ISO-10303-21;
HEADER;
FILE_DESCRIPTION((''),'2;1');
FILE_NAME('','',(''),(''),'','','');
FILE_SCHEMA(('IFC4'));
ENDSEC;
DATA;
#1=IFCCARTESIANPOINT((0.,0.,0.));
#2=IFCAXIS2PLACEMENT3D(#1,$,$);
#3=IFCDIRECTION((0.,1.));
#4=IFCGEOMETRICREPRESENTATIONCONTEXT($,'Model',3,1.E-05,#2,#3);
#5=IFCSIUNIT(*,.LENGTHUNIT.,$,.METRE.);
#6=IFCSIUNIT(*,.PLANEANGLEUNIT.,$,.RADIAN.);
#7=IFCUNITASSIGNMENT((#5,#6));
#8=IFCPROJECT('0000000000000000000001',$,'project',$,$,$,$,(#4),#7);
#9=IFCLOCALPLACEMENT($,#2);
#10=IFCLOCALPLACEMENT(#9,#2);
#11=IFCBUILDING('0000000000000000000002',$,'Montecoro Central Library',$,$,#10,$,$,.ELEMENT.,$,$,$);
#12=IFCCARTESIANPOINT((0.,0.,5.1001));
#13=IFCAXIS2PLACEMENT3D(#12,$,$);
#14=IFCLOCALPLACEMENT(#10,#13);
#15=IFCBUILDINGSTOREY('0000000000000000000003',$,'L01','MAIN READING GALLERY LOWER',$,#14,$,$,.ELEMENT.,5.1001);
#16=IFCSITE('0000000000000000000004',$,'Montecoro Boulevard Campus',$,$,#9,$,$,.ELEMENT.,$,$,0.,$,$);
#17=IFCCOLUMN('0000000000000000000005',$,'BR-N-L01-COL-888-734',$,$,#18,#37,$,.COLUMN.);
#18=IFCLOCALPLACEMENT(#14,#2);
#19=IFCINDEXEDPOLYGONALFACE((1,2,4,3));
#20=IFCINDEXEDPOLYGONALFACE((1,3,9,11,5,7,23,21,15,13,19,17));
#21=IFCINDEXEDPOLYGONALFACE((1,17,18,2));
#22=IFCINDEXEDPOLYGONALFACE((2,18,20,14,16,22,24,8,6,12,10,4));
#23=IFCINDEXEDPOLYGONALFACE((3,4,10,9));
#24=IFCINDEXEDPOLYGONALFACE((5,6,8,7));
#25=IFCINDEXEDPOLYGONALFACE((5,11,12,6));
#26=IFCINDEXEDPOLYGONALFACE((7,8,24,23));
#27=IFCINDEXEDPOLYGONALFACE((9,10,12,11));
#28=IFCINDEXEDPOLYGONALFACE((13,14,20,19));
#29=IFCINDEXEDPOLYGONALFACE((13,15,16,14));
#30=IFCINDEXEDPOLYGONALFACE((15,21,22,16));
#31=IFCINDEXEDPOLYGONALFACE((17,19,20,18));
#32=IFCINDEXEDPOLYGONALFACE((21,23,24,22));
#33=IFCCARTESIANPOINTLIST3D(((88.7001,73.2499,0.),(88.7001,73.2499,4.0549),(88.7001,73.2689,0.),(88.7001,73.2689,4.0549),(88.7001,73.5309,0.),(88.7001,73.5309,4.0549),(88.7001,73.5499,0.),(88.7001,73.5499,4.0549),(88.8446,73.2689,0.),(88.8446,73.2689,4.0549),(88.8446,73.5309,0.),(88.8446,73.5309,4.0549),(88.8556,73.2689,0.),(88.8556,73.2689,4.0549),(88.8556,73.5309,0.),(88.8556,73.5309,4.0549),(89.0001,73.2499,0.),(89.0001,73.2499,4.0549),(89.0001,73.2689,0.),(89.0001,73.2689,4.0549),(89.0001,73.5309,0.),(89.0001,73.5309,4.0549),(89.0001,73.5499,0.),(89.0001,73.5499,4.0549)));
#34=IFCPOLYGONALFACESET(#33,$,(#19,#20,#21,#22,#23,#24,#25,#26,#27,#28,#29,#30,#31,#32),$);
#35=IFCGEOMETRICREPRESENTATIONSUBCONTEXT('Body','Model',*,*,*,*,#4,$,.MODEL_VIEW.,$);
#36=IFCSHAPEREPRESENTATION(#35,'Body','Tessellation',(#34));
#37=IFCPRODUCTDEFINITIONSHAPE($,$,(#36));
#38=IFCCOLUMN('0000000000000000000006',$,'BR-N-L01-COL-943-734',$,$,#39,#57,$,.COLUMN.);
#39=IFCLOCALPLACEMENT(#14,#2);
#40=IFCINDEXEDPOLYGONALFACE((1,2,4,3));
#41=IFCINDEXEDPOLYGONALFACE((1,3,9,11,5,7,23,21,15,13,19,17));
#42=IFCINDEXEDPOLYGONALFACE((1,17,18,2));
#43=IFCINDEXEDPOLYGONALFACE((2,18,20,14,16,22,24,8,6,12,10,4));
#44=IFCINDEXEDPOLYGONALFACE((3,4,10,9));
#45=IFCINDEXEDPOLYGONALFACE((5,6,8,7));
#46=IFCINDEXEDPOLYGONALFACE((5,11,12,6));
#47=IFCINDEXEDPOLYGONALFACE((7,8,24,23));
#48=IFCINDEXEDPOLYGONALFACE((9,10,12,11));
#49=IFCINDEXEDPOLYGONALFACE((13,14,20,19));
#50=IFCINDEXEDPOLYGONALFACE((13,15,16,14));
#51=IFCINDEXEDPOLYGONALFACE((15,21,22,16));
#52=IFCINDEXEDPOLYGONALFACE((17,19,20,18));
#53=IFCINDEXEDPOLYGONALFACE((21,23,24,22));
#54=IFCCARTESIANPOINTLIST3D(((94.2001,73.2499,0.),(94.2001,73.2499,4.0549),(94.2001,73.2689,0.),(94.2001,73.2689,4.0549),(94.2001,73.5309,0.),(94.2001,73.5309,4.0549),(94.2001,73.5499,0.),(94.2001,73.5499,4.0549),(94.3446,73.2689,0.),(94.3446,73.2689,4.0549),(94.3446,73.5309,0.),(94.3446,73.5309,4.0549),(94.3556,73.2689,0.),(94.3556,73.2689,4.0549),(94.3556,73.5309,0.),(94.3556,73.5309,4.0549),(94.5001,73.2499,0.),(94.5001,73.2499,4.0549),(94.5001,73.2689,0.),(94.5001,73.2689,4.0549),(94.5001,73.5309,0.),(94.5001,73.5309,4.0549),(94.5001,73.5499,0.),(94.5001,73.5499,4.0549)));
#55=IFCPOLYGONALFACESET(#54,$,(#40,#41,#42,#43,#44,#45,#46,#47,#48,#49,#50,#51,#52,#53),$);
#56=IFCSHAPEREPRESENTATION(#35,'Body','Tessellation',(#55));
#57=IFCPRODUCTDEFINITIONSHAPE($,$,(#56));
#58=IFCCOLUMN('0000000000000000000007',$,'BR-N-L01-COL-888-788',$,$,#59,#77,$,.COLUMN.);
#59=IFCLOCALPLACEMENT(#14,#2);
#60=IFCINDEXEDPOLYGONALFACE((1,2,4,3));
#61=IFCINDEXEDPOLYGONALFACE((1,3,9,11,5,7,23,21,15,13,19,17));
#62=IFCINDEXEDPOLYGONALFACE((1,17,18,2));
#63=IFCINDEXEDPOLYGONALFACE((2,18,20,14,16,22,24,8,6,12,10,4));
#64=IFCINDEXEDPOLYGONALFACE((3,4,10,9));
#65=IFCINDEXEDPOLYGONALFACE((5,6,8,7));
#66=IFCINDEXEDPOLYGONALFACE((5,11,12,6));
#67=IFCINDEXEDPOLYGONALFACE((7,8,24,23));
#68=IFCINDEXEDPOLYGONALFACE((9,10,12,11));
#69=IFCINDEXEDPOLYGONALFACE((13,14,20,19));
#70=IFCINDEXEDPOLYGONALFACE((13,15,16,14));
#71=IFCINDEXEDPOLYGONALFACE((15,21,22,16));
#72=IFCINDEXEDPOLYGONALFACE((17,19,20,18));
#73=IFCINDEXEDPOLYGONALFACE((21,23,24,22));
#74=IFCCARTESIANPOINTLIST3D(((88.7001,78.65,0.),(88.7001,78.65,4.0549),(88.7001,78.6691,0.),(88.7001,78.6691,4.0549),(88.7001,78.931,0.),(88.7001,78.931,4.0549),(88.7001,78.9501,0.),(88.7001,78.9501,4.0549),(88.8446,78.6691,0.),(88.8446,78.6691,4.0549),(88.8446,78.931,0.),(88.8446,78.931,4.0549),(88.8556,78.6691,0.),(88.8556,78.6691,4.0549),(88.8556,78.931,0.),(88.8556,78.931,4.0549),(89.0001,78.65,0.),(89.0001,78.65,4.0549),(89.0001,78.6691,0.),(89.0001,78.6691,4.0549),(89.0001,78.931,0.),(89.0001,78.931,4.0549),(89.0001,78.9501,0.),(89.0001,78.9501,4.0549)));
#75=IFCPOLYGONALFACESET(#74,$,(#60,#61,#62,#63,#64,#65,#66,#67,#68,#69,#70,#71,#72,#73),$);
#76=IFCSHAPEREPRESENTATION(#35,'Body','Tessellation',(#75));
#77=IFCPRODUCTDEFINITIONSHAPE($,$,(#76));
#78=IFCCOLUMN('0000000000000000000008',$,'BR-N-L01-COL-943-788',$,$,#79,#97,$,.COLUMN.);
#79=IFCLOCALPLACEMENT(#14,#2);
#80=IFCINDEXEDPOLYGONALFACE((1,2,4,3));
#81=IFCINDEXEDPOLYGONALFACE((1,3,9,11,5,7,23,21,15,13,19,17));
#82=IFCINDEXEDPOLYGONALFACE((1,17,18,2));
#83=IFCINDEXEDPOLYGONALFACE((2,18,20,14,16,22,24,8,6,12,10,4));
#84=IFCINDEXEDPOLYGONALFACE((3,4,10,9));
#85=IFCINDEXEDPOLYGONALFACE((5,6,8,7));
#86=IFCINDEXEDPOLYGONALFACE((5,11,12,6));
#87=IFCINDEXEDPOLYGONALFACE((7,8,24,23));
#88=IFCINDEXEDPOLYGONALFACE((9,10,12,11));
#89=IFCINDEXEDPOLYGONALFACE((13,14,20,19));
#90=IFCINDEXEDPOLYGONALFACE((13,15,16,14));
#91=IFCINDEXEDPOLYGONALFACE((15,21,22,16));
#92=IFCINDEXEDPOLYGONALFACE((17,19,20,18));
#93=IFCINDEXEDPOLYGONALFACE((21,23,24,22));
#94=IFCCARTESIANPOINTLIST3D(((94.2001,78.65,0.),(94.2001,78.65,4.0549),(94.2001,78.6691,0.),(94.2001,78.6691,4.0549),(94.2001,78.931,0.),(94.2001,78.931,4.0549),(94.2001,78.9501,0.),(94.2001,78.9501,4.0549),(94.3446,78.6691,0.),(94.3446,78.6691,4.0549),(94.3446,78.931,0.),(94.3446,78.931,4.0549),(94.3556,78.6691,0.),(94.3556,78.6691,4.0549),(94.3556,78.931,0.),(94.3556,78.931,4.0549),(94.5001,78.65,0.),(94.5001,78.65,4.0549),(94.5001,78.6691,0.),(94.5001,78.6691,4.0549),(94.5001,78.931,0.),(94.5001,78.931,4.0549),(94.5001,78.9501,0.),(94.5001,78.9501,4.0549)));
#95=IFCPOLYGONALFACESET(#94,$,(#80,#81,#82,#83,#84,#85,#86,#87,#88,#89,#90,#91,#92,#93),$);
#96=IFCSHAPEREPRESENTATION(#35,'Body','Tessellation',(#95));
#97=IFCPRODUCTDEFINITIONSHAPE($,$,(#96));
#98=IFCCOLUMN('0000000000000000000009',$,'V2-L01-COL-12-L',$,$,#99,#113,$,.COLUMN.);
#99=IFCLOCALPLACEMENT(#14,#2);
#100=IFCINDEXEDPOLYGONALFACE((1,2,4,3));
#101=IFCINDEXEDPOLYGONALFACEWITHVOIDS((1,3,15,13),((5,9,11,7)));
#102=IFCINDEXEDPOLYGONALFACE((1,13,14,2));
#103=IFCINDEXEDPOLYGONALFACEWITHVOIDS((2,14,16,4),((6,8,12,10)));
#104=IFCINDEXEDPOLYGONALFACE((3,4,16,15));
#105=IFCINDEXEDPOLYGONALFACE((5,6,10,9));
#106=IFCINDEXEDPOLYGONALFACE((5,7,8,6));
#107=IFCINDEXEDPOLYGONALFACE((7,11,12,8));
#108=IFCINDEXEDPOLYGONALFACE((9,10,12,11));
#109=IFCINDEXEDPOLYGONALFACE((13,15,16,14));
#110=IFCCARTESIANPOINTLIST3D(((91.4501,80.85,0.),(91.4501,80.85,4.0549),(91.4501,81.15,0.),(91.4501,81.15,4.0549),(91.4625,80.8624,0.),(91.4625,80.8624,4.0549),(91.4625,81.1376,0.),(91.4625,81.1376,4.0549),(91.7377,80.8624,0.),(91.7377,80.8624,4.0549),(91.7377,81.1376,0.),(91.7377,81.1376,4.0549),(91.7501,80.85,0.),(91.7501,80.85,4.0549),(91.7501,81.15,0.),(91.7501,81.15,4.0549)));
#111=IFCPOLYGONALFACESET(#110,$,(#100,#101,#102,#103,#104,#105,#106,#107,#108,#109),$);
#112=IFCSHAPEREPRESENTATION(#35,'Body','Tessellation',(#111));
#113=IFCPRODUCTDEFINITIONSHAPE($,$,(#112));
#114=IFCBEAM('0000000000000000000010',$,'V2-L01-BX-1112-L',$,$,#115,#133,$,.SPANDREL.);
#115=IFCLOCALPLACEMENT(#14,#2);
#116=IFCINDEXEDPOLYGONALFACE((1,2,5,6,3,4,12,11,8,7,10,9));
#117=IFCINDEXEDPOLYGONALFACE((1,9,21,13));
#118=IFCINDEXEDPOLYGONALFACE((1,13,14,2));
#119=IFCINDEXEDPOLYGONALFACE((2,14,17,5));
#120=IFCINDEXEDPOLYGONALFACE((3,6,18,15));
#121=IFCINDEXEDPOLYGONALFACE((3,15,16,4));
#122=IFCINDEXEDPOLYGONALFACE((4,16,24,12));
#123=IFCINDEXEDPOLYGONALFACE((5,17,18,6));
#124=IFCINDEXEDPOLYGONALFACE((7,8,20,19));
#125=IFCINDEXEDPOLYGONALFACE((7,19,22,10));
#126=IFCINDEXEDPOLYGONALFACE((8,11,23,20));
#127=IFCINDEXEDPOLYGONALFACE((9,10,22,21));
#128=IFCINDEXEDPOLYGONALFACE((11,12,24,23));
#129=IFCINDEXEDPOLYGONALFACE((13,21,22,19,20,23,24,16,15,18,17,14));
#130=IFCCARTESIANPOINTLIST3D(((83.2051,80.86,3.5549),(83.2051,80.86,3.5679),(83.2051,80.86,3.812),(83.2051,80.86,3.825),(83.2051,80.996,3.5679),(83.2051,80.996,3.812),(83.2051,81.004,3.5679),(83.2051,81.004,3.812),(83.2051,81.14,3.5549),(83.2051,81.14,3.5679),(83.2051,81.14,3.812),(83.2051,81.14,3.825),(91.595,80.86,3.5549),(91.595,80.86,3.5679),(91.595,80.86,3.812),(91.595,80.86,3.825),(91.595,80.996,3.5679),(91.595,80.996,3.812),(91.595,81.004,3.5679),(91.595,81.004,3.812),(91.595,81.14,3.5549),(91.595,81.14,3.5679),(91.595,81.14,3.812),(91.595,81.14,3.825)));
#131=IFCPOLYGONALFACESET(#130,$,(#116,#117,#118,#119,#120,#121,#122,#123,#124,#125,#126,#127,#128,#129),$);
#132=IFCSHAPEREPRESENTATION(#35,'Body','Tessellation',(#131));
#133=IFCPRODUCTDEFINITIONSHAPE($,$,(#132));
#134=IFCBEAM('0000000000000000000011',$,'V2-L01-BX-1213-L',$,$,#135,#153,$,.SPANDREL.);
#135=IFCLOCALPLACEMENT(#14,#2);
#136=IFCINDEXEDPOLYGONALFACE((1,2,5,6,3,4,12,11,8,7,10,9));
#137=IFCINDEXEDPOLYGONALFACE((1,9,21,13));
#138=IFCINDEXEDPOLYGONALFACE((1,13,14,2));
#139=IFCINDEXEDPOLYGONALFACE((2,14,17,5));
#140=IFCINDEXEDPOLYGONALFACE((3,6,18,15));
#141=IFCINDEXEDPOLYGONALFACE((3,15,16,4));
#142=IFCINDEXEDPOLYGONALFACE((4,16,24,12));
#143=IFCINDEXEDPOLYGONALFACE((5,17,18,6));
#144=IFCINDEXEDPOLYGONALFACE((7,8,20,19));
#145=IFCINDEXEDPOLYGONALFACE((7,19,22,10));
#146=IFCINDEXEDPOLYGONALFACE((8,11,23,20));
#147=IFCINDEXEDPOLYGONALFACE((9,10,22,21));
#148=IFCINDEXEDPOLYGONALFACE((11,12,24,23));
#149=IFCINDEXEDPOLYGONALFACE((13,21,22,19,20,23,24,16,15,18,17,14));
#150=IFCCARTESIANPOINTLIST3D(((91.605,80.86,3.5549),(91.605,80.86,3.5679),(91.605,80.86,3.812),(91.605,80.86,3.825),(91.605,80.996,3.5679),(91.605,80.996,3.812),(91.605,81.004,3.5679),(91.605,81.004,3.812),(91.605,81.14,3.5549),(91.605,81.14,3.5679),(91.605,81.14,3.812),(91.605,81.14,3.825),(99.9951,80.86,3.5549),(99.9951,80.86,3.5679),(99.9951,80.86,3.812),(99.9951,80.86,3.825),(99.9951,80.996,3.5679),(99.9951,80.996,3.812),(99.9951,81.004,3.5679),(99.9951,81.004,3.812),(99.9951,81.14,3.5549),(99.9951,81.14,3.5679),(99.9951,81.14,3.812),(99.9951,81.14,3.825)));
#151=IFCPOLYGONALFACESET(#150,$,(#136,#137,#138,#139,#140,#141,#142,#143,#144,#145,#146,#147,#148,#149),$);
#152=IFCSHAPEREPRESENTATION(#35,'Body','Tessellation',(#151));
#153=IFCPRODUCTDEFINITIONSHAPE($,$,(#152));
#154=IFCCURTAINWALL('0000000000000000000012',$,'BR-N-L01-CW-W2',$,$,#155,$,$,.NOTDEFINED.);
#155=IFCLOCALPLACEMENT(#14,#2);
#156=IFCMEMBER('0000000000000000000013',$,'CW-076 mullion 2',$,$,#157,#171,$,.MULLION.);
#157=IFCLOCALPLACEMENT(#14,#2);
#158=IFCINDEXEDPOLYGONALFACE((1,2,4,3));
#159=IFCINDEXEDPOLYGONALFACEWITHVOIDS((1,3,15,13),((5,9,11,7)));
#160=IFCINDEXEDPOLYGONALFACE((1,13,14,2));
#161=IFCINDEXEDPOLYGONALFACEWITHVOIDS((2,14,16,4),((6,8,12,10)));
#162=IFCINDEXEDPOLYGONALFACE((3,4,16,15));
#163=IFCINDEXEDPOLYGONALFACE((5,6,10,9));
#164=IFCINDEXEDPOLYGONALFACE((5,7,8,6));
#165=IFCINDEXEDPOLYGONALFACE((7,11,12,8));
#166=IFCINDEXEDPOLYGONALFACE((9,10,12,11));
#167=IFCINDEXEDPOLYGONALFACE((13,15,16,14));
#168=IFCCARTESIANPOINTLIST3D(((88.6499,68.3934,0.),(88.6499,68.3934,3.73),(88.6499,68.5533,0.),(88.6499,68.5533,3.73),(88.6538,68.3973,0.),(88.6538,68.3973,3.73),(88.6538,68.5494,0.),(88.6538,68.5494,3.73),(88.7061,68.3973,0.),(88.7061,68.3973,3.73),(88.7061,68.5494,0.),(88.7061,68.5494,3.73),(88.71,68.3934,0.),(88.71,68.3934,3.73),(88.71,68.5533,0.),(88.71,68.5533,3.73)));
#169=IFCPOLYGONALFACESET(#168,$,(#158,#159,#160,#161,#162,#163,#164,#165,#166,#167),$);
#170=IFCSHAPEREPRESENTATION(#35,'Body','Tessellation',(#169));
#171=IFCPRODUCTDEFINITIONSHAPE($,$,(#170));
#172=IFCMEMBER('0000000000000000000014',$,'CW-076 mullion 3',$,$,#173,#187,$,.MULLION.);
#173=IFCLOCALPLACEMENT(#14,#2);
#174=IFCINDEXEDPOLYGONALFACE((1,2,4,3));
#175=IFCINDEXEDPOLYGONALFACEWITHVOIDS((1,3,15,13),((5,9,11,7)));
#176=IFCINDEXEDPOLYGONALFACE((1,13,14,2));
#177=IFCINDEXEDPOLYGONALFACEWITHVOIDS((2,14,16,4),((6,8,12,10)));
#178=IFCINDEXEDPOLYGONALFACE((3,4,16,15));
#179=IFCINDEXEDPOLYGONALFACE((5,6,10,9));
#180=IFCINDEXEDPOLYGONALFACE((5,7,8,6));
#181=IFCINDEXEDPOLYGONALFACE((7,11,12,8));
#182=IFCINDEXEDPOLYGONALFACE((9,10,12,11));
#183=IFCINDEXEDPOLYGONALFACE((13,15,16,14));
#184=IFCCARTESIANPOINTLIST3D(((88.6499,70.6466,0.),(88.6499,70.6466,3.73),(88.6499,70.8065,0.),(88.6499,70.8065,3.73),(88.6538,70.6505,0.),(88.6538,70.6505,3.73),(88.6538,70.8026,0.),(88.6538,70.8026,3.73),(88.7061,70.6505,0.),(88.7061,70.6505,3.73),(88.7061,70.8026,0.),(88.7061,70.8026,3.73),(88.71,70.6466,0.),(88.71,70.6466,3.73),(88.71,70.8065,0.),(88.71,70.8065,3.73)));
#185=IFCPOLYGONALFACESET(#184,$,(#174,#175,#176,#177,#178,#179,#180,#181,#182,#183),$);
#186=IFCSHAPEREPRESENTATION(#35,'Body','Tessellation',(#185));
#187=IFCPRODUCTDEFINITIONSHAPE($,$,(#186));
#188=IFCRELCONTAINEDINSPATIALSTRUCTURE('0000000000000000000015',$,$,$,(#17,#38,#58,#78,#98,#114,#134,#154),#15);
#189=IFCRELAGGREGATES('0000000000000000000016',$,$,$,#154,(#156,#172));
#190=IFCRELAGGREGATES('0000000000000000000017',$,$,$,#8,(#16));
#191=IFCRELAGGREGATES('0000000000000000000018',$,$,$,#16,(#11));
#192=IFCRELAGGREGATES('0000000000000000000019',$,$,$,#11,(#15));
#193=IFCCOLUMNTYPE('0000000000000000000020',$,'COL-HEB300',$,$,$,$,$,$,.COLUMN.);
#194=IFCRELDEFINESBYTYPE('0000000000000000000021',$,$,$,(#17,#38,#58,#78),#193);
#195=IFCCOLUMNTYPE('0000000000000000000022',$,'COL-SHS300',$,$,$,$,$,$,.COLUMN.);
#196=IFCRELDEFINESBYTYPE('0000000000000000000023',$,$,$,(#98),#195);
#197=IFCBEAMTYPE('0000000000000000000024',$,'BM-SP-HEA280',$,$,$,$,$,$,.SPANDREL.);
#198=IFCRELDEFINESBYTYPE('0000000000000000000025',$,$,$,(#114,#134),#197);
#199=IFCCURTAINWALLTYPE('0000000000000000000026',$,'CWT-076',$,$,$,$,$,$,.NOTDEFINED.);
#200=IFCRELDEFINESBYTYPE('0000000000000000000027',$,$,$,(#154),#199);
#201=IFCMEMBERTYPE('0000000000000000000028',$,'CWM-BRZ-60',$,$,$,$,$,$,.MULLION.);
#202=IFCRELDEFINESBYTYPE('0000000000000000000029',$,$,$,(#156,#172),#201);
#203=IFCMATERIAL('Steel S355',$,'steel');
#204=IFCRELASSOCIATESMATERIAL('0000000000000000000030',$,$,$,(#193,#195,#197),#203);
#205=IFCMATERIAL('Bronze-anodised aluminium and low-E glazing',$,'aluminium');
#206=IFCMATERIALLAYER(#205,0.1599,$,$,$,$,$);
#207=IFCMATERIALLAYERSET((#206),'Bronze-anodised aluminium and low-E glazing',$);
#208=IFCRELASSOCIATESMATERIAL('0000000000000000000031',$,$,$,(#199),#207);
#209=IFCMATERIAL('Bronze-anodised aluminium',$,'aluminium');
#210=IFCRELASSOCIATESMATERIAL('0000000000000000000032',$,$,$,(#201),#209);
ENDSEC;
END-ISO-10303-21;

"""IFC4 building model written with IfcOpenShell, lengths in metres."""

from ifc_helpers import new_model, si_unit, direction, frame, origin, origin_2d, place, context, subcontext, project, spatial, hollow_rectangle, i_section, extrude, material, layer, layer_set, material_profile, profile_set, type_object, element, aggregate, save


model = new_model("IFC4")

# Units and contexts
model_context = context("Model", 3, precision=1e-05, world=origin(), true_north=direction((0.0, 1.0)))
body_context = subcontext(model_context, "Body", "Model", "MODEL_VIEW")
ifc_project = project(units=[si_unit("LENGTHUNIT", "METRE"), si_unit("PLANEANGLEUNIT", "RADIAN")], contexts=[model_context])

# Site, building, storey
site_placement = place(None, origin())
site = spatial("IfcSite", under=ifc_project, at=site_placement, Name="Montecoro Boulevard Campus", CompositionType="ELEMENT", RefElevation=0.0)
building_placement = place(site_placement, origin())
building = spatial("IfcBuilding", under=site, at=building_placement, Name="Montecoro Central Library", CompositionType="ELEMENT")
storey_placement = place(building_placement, frame((0.0, 0.0, 5.1001)))
storey = spatial("IfcBuildingStorey", under=building, at=storey_placement, Name="L01", Description="MAIN READING GALLERY LOWER", CompositionType="ELEMENT", Elevation=5.1001)

# Columns
ifc_material_1 = material(Name="Steel S355", Category="steel")
ifc_material_profile_1 = material_profile(ifc_material_1, i_section(OverallWidth=0.3, OverallDepth=0.3, WebThickness=0.011, FlangeThickness=0.019, at=origin_2d()), Name="HEB 300")
ifc_profile_set_1 = profile_set([ifc_material_profile_1], Name="Steel S355")
column_type_1 = type_object("IfcColumnType", Name="COL-HEB300", PredefinedType="COLUMN", material=ifc_profile_set_1)
for number, where, z_axis, x_axis, name in (
    (1, (88.8501, 73.3999, 0.0), (0.0, 0.0, 1.0), (1.0, 0.0, 0.0), "BR-N-L01-COL-888-734"),
    (2, (94.3501, 73.3999, 0.0), (0.0, 0.0, 1.0), (1.0, 0.0, 0.0), "BR-N-L01-COL-943-734"),
    (3, (88.8501, 78.8, 0.0), (0.0, 0.0, 1.0), (1.0, 0.0, 0.0), "BR-N-L01-COL-888-788"),
    (4, (94.3501, 78.8, 0.0), (0.0, 0.0, 1.0), (1.0, 0.0, 0.0), "BR-N-L01-COL-943-788"),
):
    element("IfcColumn", number, at=place(storey_placement, frame(where, z_axis=z_axis, x_axis=x_axis)), inside=storey, type_object=column_type_1, Name=name, PredefinedType="COLUMN", context=body_context, shape_type="SweptSolid", body=[
        extrude(i_section(OverallWidth=0.3, OverallDepth=0.3, WebThickness=0.011, FlangeThickness=0.019, at=origin_2d()), origin(), (0.0, 0.0, 1.0), 4.0549),
    ])
ifc_material_profile_2 = material_profile(ifc_material_1, hollow_rectangle(XDim=0.3, YDim=0.3, WallThickness=0.0125, at=origin_2d()), Name="SHS 300x300x12.5")
ifc_profile_set_2 = profile_set([ifc_material_profile_2], Name="Steel S355")
column_type_2 = type_object("IfcColumnType", Name="COL-SHS300", PredefinedType="COLUMN", material=ifc_profile_set_2)
column_placement = place(storey_placement, frame((91.6001, 81.0, 0.0), z_axis=(0.0, 0.0, 1.0), x_axis=(1.0, 0.0, 0.0)))
element("IfcColumn", 5, at=column_placement, inside=storey, type_object=column_type_2, Name="V2-L01-COL-12-L", PredefinedType="COLUMN", context=body_context, shape_type="SweptSolid", body=[
    extrude(hollow_rectangle(XDim=0.3, YDim=0.3, WallThickness=0.0125, at=origin_2d()), origin(), (0.0, 0.0, 1.0), 4.0549),
])

# Beams
ifc_material_profile_3 = material_profile(ifc_material_1, i_section(OverallWidth=0.28, OverallDepth=0.27, WebThickness=0.0081, FlangeThickness=0.0129, at=origin_2d()), Name="HEA 280")
ifc_profile_set_3 = profile_set([ifc_material_profile_3], Name="Steel S355")
beam_type = type_object("IfcBeamType", Name="BM-SP-HEA280", PredefinedType="SPANDREL", material=ifc_profile_set_3)
beam_1_placement = place(storey_placement, frame((83.2051, 81.0, 3.6899), z_axis=(1.0, 0.0, 0.0), x_axis=(0.0, 1.0, 0.0)))
element("IfcBeam", 6, at=beam_1_placement, inside=storey, type_object=beam_type, Name="V2-L01-BX-1112-L", PredefinedType="SPANDREL", context=body_context, shape_type="SweptSolid", body=[
    extrude(i_section(OverallWidth=0.28, OverallDepth=0.27, WebThickness=0.0081, FlangeThickness=0.0129, at=origin_2d()), origin(), (0.0, 0.0, 1.0), 8.3899),
])
beam_2_placement = place(storey_placement, frame((91.605, 81.0, 3.6899), z_axis=(1.0, 0.0, 0.0), x_axis=(0.0, 1.0, 0.0)))
element("IfcBeam", 7, at=beam_2_placement, inside=storey, type_object=beam_type, Name="V2-L01-BX-1213-L", PredefinedType="SPANDREL", context=body_context, shape_type="SweptSolid", body=[
    extrude(i_section(OverallWidth=0.28, OverallDepth=0.27, WebThickness=0.0081, FlangeThickness=0.0129, at=origin_2d()), origin(), (0.0, 0.0, 1.0), 8.3901),
])

# Curtain wall, members
ifc_material_2 = material(Name="Bronze-anodised aluminium and low-E glazing", Category="aluminium")
ifc_layer_1 = layer(ifc_material_2, 0.1599)
ifc_layer_set_1 = layer_set([ifc_layer_1], Name="Bronze-anodised aluminium and low-E glazing")
curtain_wall_type = type_object("IfcCurtainWallType", Name="CWT-076", PredefinedType="NOTDEFINED", material=ifc_layer_set_1)
curtain_wall_placement = place(storey_placement, origin())
curtain_wall = element("IfcCurtainWall", 8, at=curtain_wall_placement, inside=storey, type_object=curtain_wall_type, Name="BR-N-L01-CW-W2", PredefinedType="NOTDEFINED")
ifc_material_3 = material(Name="Bronze-anodised aluminium", Category="aluminium")
ifc_material_profile_4 = material_profile(ifc_material_3, hollow_rectangle(XDim=0.0601, YDim=0.1599, WallThickness=0.0039, at=origin_2d()), Name="CWM 160x60x4.0")
ifc_profile_set_4 = profile_set([ifc_material_profile_4], Name="Bronze-anodised aluminium")
member_type_1 = type_object("IfcMemberType", Name="CWM-BRZ-60", PredefinedType="MULLION", material=ifc_profile_set_4)
member_1_placement = place(storey_placement, frame((88.6799, 68.4734, 0.0), z_axis=(0.0, 0.0, 1.0), x_axis=(-1.0, 0.0, 0.0)))
member_1 = element("IfcMember", 9, at=member_1_placement, type_object=member_type_1, Name="CW-076 mullion 2", PredefinedType="MULLION", context=body_context, shape_type="SweptSolid", body=[
    extrude(hollow_rectangle(XDim=0.0601, YDim=0.1599, WallThickness=0.0039, at=origin_2d()), origin(), (0.0, 0.0, 1.0), 3.73),
])
member_2_placement = place(storey_placement, frame((88.6799, 70.7266, 0.0), z_axis=(0.0, 0.0, 1.0), x_axis=(-1.0, 0.0, 0.0)))
member_2 = element("IfcMember", 10, at=member_2_placement, type_object=member_type_1, Name="CW-076 mullion 3", PredefinedType="MULLION", context=body_context, shape_type="SweptSolid", body=[
    extrude(hollow_rectangle(XDim=0.0601, YDim=0.1599, WallThickness=0.0039, at=origin_2d()), origin(), (0.0, 0.0, 1.0), 3.73),
])
aggregate(curtain_wall, [member_1, member_2])

save(model, "model.ifc")
